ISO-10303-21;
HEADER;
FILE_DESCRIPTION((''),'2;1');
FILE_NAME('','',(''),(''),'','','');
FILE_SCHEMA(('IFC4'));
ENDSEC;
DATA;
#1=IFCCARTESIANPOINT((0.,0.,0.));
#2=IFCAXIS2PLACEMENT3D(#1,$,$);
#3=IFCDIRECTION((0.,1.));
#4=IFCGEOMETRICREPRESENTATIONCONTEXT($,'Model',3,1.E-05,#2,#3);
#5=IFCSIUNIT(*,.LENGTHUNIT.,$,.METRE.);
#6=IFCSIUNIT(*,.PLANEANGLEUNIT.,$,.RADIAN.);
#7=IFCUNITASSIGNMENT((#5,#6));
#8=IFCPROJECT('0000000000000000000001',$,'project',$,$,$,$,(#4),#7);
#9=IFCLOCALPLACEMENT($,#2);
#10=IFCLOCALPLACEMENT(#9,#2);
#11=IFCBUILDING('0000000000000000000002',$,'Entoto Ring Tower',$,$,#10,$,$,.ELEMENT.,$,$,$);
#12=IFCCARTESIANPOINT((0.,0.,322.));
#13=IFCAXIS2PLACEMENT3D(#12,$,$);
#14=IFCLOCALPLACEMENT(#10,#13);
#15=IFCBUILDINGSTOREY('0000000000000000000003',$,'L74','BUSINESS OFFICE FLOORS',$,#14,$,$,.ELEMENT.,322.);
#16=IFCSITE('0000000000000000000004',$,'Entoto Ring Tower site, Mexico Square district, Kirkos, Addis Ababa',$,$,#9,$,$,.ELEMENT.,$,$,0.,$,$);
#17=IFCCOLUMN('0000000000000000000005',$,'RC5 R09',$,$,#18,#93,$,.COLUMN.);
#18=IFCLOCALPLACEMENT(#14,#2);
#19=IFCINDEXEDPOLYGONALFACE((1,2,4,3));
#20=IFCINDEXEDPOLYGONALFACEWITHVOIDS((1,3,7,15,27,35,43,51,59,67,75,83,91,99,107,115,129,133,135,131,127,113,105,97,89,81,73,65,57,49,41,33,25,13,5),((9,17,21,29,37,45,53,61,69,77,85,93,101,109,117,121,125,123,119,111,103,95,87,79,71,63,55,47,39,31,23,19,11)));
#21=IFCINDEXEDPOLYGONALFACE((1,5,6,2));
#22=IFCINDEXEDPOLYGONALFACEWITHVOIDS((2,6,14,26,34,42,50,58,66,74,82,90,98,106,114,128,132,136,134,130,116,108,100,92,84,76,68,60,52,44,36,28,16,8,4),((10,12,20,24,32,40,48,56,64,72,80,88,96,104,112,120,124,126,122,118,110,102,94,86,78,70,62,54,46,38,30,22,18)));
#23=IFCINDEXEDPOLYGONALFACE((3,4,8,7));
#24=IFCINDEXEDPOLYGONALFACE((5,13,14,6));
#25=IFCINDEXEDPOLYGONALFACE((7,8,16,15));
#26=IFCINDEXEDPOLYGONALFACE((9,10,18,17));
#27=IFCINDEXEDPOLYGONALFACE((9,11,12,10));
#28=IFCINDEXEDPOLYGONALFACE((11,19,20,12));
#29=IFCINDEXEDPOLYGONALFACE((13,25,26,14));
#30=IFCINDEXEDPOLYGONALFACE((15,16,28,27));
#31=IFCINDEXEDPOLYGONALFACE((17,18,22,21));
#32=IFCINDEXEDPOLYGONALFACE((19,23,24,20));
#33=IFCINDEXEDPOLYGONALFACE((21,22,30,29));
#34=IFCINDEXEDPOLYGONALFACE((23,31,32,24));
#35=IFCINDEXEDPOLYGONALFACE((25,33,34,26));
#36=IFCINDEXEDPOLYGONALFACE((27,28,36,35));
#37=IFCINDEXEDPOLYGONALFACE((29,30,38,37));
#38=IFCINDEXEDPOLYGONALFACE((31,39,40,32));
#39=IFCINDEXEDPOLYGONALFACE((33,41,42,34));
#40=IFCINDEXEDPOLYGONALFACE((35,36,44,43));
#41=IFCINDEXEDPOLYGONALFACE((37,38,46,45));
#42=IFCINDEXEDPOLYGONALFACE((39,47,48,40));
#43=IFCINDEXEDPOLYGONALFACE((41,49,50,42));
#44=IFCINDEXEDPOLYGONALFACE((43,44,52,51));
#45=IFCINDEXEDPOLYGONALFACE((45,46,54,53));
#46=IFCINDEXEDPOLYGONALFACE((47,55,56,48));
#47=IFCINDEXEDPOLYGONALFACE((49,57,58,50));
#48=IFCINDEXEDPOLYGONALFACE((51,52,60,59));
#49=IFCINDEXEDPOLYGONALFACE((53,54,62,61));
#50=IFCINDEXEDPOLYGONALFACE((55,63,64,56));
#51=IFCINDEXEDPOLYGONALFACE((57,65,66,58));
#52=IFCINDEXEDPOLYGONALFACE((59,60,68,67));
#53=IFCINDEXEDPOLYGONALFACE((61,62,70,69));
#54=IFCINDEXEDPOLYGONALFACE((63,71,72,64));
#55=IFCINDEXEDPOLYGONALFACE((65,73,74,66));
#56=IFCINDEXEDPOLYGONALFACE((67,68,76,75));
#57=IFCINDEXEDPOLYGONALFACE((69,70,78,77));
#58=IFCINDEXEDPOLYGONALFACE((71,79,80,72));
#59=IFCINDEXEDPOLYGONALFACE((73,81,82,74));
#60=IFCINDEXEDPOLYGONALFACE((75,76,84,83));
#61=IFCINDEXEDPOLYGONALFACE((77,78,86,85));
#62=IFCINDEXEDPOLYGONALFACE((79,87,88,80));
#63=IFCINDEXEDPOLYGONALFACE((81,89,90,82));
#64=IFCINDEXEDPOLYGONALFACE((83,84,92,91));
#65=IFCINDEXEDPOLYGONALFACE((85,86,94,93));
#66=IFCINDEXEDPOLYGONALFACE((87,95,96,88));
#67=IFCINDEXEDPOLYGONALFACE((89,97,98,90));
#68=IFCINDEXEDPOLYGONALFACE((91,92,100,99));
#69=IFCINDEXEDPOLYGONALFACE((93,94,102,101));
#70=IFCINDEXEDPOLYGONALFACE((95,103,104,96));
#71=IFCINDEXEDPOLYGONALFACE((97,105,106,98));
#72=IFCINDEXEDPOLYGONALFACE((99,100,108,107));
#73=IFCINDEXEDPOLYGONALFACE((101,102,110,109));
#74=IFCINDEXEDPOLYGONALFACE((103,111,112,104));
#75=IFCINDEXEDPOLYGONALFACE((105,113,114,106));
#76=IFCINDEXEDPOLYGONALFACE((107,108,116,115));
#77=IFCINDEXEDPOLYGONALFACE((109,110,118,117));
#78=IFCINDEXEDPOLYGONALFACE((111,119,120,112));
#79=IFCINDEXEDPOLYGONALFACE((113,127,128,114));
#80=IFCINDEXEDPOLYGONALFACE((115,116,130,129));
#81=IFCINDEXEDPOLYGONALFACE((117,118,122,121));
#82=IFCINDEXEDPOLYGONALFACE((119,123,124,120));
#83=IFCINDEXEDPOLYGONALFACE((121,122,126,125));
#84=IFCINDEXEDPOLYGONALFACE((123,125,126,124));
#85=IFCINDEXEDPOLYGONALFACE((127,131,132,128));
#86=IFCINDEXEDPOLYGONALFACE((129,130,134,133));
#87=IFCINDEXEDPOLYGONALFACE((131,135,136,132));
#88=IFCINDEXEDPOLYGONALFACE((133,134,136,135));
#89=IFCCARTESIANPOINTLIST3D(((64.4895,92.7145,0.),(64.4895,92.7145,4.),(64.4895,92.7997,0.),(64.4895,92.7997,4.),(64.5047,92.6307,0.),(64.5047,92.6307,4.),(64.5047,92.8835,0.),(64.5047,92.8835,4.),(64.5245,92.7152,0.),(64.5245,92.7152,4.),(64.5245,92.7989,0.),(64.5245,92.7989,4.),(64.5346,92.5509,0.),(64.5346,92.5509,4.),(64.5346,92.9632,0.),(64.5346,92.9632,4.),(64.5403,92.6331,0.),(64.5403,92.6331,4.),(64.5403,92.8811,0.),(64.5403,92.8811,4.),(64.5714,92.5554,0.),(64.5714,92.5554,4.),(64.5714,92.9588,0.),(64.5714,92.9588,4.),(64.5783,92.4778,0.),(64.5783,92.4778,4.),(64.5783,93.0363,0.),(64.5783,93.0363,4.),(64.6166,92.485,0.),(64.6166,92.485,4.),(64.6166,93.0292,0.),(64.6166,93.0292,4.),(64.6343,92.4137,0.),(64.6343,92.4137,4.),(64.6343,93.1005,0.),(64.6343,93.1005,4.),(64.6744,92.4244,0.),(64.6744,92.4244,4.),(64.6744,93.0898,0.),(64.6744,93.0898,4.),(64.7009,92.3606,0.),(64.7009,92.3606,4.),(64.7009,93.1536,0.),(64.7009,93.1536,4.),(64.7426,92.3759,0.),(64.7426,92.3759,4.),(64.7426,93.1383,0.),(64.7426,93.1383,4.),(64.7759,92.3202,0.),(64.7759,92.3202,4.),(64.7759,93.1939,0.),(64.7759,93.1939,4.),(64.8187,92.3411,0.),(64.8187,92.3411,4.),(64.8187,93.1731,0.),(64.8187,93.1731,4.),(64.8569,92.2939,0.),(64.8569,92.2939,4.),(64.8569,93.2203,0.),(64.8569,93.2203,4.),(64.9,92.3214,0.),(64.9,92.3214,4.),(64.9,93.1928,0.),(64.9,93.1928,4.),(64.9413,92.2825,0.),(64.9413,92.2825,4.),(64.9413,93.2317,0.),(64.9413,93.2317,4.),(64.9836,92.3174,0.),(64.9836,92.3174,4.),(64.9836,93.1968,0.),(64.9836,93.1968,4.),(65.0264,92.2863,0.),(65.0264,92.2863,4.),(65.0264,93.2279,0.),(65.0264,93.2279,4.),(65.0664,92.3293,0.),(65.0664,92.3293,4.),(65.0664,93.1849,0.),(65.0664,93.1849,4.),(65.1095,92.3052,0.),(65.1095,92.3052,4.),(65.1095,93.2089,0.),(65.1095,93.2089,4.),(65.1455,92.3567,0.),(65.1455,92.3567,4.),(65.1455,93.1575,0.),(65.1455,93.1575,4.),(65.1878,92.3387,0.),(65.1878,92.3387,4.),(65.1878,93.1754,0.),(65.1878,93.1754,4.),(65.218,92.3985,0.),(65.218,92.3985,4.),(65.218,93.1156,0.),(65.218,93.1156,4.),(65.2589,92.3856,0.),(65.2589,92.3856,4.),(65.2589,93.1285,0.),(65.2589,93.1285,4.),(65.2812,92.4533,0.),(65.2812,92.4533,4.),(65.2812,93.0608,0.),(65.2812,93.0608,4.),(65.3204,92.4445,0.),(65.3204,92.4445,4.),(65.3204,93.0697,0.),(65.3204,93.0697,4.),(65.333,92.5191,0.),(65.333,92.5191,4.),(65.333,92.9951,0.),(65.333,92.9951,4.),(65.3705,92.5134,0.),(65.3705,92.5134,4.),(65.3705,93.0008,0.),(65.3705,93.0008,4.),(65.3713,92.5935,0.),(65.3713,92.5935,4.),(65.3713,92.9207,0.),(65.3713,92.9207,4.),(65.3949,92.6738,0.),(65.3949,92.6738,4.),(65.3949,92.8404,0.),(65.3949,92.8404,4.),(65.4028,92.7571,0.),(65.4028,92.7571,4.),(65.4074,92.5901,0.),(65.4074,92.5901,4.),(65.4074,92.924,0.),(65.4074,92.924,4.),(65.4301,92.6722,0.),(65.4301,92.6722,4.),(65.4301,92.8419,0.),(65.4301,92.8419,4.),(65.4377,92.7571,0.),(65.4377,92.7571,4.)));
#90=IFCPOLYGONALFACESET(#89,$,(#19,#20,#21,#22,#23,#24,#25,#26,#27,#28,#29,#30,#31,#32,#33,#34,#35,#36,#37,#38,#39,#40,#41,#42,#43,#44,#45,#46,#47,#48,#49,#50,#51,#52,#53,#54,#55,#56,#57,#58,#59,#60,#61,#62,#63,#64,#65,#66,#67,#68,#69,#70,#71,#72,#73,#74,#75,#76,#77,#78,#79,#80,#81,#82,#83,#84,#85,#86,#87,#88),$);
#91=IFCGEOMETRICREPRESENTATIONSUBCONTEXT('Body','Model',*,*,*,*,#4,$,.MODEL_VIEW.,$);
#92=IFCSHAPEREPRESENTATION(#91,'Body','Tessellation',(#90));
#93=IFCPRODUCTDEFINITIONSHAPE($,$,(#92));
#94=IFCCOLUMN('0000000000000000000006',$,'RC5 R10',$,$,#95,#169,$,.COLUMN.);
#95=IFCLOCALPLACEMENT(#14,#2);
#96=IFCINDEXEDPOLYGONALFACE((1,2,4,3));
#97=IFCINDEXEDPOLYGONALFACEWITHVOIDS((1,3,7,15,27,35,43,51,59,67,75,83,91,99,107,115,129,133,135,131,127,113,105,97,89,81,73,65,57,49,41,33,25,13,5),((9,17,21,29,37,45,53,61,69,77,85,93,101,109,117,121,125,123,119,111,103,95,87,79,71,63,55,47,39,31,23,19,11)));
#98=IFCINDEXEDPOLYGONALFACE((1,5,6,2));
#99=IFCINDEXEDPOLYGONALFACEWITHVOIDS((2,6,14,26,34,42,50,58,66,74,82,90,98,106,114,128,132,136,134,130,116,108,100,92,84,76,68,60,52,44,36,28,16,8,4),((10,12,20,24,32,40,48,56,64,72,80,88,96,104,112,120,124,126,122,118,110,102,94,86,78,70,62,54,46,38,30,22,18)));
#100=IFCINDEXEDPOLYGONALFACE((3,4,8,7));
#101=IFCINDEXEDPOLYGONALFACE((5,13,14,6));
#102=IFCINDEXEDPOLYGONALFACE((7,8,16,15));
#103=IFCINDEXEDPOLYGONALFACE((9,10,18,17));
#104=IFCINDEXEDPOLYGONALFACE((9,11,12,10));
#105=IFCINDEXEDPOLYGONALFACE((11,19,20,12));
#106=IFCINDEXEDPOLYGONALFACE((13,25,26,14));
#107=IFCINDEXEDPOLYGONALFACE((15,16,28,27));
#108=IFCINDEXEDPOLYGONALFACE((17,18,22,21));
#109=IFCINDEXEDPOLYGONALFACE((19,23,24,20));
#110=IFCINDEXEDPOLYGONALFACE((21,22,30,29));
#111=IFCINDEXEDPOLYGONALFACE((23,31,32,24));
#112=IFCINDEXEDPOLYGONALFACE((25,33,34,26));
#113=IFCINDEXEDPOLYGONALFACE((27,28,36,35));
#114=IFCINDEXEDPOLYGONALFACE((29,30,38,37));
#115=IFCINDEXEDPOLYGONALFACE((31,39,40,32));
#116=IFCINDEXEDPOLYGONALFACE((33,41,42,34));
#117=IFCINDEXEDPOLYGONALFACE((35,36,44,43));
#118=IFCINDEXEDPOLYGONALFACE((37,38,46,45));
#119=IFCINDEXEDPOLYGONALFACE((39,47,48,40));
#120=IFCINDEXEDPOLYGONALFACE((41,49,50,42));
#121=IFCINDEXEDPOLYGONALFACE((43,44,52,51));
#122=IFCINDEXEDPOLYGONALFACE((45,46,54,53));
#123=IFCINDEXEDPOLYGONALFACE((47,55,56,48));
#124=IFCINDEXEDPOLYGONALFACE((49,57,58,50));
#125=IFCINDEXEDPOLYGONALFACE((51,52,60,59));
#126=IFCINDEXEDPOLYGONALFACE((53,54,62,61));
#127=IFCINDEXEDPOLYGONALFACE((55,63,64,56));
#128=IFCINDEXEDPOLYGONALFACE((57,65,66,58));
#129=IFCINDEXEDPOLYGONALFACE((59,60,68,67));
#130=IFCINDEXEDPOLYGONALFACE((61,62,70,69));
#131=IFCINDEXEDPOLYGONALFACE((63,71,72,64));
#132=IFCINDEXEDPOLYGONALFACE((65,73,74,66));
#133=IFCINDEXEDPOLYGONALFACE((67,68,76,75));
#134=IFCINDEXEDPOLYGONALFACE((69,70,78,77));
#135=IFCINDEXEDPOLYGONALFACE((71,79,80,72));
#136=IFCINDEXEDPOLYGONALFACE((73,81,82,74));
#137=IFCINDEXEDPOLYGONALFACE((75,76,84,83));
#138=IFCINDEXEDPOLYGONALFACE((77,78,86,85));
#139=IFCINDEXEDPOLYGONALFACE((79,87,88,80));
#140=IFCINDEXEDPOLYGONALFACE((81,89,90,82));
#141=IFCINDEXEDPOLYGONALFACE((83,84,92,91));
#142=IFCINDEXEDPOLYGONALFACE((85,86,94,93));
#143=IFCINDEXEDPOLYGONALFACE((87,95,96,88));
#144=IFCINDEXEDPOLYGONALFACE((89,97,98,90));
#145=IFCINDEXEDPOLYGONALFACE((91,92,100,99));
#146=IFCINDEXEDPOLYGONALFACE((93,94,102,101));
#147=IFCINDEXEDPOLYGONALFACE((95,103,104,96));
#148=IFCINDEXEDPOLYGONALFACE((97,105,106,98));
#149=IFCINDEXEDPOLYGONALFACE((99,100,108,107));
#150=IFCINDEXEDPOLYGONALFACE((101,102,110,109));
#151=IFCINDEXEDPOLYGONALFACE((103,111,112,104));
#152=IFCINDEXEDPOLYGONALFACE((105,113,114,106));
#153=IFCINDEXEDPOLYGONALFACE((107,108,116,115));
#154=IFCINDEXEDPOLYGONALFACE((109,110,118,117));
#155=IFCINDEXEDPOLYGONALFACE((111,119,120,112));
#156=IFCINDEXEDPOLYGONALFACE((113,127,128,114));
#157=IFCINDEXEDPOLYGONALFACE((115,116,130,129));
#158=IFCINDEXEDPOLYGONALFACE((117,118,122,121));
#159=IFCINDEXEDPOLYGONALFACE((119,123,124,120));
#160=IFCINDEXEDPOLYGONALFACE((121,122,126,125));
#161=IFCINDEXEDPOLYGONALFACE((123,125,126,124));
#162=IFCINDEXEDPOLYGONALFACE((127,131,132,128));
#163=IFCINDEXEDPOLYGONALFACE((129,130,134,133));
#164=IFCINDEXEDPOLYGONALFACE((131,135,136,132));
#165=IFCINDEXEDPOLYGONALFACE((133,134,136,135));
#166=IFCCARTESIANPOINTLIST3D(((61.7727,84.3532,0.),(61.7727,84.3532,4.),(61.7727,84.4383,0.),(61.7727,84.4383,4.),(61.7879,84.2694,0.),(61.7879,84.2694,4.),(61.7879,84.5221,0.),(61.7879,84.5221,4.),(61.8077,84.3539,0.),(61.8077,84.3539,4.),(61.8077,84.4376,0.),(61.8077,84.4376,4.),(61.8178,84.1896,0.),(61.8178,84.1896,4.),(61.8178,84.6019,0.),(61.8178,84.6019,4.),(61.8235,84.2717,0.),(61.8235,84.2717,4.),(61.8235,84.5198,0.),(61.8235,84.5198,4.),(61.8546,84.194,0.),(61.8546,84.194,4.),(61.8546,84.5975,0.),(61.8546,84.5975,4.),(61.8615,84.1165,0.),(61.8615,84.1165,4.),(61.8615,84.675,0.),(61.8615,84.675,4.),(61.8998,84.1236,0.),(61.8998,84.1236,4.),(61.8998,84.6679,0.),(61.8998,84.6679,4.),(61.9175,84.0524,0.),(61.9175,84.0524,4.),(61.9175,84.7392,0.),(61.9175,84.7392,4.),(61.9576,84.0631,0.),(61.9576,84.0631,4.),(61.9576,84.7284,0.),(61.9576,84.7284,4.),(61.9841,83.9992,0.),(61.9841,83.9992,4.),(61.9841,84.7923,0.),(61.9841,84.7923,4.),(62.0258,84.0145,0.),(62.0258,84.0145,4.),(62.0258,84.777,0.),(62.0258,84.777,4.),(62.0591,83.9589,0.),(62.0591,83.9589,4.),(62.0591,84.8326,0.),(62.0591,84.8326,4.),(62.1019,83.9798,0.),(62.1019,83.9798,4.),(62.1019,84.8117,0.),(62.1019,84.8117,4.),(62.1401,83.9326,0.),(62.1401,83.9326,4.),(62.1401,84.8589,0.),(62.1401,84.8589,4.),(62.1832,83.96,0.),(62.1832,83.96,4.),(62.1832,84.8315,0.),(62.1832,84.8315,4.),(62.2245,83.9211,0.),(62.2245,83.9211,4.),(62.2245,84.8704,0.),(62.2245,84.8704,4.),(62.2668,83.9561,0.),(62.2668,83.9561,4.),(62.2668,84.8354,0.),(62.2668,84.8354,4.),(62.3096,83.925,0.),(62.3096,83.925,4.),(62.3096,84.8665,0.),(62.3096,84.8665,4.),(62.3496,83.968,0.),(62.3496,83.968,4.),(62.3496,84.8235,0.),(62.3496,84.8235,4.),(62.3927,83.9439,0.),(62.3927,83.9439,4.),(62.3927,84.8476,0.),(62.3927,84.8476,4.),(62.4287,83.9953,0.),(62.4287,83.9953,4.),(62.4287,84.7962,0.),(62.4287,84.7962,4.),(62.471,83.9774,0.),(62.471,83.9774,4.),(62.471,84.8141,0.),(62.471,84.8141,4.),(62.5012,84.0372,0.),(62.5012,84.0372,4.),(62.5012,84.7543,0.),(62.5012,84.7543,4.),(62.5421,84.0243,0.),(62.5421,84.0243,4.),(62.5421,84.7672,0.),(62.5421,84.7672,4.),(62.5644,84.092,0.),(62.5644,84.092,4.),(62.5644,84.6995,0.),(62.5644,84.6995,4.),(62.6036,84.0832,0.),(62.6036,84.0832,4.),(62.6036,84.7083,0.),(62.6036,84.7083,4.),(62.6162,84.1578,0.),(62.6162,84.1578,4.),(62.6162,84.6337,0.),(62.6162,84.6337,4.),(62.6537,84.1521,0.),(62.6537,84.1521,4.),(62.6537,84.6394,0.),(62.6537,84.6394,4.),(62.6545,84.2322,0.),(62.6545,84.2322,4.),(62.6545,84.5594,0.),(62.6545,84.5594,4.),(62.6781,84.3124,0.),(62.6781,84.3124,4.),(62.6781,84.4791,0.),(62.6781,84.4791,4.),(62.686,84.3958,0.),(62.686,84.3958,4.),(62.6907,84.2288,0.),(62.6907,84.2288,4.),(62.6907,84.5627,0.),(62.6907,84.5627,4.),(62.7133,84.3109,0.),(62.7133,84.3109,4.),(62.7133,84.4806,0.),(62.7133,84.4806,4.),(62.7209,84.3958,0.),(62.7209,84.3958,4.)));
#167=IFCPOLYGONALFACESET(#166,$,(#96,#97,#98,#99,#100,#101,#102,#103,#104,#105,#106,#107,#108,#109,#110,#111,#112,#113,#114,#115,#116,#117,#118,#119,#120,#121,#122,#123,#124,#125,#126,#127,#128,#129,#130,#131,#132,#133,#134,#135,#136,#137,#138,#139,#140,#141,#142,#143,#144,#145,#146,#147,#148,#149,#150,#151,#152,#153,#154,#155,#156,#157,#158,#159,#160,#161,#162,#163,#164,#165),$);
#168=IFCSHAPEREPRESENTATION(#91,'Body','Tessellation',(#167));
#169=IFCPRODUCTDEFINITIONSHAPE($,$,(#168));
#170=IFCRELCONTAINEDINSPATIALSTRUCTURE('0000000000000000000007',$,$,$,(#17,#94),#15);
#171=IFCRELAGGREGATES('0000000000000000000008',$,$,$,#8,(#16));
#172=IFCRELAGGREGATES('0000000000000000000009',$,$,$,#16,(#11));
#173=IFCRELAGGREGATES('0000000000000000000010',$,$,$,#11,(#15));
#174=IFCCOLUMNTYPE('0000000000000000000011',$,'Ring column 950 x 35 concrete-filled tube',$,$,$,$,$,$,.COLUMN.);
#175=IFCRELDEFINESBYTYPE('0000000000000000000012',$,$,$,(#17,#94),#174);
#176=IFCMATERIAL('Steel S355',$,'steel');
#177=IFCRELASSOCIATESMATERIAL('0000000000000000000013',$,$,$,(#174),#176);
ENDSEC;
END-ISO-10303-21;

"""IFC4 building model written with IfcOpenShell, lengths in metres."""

from ifc_helpers import new_model, si_unit, direction, frame, origin, origin_2d, place, context, subcontext, project, spatial, circle, hollow_circle, extrude, material, material_profile, profile_set, type_object, element, save


model = new_model("IFC4")

# Units and contexts
model_context = context("Model", 3, precision=1e-05, world=origin(), true_north=direction((0.0, 1.0)))
body_context = subcontext(model_context, "Body", "Model", "MODEL_VIEW")
ifc_project = project(units=[si_unit("LENGTHUNIT", "METRE"), si_unit("PLANEANGLEUNIT", "RADIAN")], contexts=[model_context])

# Site, building, storey
site_placement = place(None, origin())
site = spatial("IfcSite", under=ifc_project, at=site_placement, Name="Entoto Ring Tower site, Mexico Square district, Kirkos, Addis Ababa", CompositionType="ELEMENT", RefElevation=0.0)
building_placement = place(site_placement, origin())
building = spatial("IfcBuilding", under=site, at=building_placement, Name="Entoto Ring Tower", CompositionType="ELEMENT")
storey_placement = place(building_placement, frame((0.0, 0.0, 322.0)))
storey = spatial("IfcBuildingStorey", under=building, at=storey_placement, Name="L74", Description="BUSINESS OFFICE FLOORS", CompositionType="ELEMENT", Elevation=322.0)

# Columns
ifc_material_1 = material(Name="Steel S355", Category="steel")
ifc_material_profile_1 = material_profile(ifc_material_1, hollow_circle(Radius=0.4751, WallThickness=0.0349, at=origin_2d()), Name="CHS 950 x 35")
ifc_material_2 = material(Name="Concrete C60/75", Category="concrete")
ifc_material_profile_2 = material_profile(ifc_material_2, circle(Radius=0.4399, at=origin_2d()), Name="Concrete C60/75 infill")
ifc_profile_set_1 = profile_set([ifc_material_profile_1, ifc_material_profile_2], Name="Steel S355")
column_type = type_object("IfcColumnType", Name="Ring column 950 x 35 concrete-filled tube", PredefinedType="COLUMN", material=ifc_profile_set_1)
for number, where, z_axis, x_axis, name in (
    (1, (64.9626, 92.7571, 0.0), (0.0, 0.0, 1.0), (1.0, 0.0, 0.0), "RC5 R09"),
    (2, (62.2458, 84.3958, 0.0), (0.0, 0.0, 1.0), (1.0, 0.0, 0.0), "RC5 R10"),
):
    element("IfcColumn", number, at=place(storey_placement, frame(where, z_axis=z_axis, x_axis=x_axis)), inside=storey, type_object=column_type, Name=name, PredefinedType="COLUMN", context=body_context, shape_type="SweptSolid", body=[
        extrude(hollow_circle(Radius=0.4751, WallThickness=0.0349, at=origin_2d()), origin(), (0.0, 0.0, 1.0), 4.0),
    ])

save(model, "model.ifc")
